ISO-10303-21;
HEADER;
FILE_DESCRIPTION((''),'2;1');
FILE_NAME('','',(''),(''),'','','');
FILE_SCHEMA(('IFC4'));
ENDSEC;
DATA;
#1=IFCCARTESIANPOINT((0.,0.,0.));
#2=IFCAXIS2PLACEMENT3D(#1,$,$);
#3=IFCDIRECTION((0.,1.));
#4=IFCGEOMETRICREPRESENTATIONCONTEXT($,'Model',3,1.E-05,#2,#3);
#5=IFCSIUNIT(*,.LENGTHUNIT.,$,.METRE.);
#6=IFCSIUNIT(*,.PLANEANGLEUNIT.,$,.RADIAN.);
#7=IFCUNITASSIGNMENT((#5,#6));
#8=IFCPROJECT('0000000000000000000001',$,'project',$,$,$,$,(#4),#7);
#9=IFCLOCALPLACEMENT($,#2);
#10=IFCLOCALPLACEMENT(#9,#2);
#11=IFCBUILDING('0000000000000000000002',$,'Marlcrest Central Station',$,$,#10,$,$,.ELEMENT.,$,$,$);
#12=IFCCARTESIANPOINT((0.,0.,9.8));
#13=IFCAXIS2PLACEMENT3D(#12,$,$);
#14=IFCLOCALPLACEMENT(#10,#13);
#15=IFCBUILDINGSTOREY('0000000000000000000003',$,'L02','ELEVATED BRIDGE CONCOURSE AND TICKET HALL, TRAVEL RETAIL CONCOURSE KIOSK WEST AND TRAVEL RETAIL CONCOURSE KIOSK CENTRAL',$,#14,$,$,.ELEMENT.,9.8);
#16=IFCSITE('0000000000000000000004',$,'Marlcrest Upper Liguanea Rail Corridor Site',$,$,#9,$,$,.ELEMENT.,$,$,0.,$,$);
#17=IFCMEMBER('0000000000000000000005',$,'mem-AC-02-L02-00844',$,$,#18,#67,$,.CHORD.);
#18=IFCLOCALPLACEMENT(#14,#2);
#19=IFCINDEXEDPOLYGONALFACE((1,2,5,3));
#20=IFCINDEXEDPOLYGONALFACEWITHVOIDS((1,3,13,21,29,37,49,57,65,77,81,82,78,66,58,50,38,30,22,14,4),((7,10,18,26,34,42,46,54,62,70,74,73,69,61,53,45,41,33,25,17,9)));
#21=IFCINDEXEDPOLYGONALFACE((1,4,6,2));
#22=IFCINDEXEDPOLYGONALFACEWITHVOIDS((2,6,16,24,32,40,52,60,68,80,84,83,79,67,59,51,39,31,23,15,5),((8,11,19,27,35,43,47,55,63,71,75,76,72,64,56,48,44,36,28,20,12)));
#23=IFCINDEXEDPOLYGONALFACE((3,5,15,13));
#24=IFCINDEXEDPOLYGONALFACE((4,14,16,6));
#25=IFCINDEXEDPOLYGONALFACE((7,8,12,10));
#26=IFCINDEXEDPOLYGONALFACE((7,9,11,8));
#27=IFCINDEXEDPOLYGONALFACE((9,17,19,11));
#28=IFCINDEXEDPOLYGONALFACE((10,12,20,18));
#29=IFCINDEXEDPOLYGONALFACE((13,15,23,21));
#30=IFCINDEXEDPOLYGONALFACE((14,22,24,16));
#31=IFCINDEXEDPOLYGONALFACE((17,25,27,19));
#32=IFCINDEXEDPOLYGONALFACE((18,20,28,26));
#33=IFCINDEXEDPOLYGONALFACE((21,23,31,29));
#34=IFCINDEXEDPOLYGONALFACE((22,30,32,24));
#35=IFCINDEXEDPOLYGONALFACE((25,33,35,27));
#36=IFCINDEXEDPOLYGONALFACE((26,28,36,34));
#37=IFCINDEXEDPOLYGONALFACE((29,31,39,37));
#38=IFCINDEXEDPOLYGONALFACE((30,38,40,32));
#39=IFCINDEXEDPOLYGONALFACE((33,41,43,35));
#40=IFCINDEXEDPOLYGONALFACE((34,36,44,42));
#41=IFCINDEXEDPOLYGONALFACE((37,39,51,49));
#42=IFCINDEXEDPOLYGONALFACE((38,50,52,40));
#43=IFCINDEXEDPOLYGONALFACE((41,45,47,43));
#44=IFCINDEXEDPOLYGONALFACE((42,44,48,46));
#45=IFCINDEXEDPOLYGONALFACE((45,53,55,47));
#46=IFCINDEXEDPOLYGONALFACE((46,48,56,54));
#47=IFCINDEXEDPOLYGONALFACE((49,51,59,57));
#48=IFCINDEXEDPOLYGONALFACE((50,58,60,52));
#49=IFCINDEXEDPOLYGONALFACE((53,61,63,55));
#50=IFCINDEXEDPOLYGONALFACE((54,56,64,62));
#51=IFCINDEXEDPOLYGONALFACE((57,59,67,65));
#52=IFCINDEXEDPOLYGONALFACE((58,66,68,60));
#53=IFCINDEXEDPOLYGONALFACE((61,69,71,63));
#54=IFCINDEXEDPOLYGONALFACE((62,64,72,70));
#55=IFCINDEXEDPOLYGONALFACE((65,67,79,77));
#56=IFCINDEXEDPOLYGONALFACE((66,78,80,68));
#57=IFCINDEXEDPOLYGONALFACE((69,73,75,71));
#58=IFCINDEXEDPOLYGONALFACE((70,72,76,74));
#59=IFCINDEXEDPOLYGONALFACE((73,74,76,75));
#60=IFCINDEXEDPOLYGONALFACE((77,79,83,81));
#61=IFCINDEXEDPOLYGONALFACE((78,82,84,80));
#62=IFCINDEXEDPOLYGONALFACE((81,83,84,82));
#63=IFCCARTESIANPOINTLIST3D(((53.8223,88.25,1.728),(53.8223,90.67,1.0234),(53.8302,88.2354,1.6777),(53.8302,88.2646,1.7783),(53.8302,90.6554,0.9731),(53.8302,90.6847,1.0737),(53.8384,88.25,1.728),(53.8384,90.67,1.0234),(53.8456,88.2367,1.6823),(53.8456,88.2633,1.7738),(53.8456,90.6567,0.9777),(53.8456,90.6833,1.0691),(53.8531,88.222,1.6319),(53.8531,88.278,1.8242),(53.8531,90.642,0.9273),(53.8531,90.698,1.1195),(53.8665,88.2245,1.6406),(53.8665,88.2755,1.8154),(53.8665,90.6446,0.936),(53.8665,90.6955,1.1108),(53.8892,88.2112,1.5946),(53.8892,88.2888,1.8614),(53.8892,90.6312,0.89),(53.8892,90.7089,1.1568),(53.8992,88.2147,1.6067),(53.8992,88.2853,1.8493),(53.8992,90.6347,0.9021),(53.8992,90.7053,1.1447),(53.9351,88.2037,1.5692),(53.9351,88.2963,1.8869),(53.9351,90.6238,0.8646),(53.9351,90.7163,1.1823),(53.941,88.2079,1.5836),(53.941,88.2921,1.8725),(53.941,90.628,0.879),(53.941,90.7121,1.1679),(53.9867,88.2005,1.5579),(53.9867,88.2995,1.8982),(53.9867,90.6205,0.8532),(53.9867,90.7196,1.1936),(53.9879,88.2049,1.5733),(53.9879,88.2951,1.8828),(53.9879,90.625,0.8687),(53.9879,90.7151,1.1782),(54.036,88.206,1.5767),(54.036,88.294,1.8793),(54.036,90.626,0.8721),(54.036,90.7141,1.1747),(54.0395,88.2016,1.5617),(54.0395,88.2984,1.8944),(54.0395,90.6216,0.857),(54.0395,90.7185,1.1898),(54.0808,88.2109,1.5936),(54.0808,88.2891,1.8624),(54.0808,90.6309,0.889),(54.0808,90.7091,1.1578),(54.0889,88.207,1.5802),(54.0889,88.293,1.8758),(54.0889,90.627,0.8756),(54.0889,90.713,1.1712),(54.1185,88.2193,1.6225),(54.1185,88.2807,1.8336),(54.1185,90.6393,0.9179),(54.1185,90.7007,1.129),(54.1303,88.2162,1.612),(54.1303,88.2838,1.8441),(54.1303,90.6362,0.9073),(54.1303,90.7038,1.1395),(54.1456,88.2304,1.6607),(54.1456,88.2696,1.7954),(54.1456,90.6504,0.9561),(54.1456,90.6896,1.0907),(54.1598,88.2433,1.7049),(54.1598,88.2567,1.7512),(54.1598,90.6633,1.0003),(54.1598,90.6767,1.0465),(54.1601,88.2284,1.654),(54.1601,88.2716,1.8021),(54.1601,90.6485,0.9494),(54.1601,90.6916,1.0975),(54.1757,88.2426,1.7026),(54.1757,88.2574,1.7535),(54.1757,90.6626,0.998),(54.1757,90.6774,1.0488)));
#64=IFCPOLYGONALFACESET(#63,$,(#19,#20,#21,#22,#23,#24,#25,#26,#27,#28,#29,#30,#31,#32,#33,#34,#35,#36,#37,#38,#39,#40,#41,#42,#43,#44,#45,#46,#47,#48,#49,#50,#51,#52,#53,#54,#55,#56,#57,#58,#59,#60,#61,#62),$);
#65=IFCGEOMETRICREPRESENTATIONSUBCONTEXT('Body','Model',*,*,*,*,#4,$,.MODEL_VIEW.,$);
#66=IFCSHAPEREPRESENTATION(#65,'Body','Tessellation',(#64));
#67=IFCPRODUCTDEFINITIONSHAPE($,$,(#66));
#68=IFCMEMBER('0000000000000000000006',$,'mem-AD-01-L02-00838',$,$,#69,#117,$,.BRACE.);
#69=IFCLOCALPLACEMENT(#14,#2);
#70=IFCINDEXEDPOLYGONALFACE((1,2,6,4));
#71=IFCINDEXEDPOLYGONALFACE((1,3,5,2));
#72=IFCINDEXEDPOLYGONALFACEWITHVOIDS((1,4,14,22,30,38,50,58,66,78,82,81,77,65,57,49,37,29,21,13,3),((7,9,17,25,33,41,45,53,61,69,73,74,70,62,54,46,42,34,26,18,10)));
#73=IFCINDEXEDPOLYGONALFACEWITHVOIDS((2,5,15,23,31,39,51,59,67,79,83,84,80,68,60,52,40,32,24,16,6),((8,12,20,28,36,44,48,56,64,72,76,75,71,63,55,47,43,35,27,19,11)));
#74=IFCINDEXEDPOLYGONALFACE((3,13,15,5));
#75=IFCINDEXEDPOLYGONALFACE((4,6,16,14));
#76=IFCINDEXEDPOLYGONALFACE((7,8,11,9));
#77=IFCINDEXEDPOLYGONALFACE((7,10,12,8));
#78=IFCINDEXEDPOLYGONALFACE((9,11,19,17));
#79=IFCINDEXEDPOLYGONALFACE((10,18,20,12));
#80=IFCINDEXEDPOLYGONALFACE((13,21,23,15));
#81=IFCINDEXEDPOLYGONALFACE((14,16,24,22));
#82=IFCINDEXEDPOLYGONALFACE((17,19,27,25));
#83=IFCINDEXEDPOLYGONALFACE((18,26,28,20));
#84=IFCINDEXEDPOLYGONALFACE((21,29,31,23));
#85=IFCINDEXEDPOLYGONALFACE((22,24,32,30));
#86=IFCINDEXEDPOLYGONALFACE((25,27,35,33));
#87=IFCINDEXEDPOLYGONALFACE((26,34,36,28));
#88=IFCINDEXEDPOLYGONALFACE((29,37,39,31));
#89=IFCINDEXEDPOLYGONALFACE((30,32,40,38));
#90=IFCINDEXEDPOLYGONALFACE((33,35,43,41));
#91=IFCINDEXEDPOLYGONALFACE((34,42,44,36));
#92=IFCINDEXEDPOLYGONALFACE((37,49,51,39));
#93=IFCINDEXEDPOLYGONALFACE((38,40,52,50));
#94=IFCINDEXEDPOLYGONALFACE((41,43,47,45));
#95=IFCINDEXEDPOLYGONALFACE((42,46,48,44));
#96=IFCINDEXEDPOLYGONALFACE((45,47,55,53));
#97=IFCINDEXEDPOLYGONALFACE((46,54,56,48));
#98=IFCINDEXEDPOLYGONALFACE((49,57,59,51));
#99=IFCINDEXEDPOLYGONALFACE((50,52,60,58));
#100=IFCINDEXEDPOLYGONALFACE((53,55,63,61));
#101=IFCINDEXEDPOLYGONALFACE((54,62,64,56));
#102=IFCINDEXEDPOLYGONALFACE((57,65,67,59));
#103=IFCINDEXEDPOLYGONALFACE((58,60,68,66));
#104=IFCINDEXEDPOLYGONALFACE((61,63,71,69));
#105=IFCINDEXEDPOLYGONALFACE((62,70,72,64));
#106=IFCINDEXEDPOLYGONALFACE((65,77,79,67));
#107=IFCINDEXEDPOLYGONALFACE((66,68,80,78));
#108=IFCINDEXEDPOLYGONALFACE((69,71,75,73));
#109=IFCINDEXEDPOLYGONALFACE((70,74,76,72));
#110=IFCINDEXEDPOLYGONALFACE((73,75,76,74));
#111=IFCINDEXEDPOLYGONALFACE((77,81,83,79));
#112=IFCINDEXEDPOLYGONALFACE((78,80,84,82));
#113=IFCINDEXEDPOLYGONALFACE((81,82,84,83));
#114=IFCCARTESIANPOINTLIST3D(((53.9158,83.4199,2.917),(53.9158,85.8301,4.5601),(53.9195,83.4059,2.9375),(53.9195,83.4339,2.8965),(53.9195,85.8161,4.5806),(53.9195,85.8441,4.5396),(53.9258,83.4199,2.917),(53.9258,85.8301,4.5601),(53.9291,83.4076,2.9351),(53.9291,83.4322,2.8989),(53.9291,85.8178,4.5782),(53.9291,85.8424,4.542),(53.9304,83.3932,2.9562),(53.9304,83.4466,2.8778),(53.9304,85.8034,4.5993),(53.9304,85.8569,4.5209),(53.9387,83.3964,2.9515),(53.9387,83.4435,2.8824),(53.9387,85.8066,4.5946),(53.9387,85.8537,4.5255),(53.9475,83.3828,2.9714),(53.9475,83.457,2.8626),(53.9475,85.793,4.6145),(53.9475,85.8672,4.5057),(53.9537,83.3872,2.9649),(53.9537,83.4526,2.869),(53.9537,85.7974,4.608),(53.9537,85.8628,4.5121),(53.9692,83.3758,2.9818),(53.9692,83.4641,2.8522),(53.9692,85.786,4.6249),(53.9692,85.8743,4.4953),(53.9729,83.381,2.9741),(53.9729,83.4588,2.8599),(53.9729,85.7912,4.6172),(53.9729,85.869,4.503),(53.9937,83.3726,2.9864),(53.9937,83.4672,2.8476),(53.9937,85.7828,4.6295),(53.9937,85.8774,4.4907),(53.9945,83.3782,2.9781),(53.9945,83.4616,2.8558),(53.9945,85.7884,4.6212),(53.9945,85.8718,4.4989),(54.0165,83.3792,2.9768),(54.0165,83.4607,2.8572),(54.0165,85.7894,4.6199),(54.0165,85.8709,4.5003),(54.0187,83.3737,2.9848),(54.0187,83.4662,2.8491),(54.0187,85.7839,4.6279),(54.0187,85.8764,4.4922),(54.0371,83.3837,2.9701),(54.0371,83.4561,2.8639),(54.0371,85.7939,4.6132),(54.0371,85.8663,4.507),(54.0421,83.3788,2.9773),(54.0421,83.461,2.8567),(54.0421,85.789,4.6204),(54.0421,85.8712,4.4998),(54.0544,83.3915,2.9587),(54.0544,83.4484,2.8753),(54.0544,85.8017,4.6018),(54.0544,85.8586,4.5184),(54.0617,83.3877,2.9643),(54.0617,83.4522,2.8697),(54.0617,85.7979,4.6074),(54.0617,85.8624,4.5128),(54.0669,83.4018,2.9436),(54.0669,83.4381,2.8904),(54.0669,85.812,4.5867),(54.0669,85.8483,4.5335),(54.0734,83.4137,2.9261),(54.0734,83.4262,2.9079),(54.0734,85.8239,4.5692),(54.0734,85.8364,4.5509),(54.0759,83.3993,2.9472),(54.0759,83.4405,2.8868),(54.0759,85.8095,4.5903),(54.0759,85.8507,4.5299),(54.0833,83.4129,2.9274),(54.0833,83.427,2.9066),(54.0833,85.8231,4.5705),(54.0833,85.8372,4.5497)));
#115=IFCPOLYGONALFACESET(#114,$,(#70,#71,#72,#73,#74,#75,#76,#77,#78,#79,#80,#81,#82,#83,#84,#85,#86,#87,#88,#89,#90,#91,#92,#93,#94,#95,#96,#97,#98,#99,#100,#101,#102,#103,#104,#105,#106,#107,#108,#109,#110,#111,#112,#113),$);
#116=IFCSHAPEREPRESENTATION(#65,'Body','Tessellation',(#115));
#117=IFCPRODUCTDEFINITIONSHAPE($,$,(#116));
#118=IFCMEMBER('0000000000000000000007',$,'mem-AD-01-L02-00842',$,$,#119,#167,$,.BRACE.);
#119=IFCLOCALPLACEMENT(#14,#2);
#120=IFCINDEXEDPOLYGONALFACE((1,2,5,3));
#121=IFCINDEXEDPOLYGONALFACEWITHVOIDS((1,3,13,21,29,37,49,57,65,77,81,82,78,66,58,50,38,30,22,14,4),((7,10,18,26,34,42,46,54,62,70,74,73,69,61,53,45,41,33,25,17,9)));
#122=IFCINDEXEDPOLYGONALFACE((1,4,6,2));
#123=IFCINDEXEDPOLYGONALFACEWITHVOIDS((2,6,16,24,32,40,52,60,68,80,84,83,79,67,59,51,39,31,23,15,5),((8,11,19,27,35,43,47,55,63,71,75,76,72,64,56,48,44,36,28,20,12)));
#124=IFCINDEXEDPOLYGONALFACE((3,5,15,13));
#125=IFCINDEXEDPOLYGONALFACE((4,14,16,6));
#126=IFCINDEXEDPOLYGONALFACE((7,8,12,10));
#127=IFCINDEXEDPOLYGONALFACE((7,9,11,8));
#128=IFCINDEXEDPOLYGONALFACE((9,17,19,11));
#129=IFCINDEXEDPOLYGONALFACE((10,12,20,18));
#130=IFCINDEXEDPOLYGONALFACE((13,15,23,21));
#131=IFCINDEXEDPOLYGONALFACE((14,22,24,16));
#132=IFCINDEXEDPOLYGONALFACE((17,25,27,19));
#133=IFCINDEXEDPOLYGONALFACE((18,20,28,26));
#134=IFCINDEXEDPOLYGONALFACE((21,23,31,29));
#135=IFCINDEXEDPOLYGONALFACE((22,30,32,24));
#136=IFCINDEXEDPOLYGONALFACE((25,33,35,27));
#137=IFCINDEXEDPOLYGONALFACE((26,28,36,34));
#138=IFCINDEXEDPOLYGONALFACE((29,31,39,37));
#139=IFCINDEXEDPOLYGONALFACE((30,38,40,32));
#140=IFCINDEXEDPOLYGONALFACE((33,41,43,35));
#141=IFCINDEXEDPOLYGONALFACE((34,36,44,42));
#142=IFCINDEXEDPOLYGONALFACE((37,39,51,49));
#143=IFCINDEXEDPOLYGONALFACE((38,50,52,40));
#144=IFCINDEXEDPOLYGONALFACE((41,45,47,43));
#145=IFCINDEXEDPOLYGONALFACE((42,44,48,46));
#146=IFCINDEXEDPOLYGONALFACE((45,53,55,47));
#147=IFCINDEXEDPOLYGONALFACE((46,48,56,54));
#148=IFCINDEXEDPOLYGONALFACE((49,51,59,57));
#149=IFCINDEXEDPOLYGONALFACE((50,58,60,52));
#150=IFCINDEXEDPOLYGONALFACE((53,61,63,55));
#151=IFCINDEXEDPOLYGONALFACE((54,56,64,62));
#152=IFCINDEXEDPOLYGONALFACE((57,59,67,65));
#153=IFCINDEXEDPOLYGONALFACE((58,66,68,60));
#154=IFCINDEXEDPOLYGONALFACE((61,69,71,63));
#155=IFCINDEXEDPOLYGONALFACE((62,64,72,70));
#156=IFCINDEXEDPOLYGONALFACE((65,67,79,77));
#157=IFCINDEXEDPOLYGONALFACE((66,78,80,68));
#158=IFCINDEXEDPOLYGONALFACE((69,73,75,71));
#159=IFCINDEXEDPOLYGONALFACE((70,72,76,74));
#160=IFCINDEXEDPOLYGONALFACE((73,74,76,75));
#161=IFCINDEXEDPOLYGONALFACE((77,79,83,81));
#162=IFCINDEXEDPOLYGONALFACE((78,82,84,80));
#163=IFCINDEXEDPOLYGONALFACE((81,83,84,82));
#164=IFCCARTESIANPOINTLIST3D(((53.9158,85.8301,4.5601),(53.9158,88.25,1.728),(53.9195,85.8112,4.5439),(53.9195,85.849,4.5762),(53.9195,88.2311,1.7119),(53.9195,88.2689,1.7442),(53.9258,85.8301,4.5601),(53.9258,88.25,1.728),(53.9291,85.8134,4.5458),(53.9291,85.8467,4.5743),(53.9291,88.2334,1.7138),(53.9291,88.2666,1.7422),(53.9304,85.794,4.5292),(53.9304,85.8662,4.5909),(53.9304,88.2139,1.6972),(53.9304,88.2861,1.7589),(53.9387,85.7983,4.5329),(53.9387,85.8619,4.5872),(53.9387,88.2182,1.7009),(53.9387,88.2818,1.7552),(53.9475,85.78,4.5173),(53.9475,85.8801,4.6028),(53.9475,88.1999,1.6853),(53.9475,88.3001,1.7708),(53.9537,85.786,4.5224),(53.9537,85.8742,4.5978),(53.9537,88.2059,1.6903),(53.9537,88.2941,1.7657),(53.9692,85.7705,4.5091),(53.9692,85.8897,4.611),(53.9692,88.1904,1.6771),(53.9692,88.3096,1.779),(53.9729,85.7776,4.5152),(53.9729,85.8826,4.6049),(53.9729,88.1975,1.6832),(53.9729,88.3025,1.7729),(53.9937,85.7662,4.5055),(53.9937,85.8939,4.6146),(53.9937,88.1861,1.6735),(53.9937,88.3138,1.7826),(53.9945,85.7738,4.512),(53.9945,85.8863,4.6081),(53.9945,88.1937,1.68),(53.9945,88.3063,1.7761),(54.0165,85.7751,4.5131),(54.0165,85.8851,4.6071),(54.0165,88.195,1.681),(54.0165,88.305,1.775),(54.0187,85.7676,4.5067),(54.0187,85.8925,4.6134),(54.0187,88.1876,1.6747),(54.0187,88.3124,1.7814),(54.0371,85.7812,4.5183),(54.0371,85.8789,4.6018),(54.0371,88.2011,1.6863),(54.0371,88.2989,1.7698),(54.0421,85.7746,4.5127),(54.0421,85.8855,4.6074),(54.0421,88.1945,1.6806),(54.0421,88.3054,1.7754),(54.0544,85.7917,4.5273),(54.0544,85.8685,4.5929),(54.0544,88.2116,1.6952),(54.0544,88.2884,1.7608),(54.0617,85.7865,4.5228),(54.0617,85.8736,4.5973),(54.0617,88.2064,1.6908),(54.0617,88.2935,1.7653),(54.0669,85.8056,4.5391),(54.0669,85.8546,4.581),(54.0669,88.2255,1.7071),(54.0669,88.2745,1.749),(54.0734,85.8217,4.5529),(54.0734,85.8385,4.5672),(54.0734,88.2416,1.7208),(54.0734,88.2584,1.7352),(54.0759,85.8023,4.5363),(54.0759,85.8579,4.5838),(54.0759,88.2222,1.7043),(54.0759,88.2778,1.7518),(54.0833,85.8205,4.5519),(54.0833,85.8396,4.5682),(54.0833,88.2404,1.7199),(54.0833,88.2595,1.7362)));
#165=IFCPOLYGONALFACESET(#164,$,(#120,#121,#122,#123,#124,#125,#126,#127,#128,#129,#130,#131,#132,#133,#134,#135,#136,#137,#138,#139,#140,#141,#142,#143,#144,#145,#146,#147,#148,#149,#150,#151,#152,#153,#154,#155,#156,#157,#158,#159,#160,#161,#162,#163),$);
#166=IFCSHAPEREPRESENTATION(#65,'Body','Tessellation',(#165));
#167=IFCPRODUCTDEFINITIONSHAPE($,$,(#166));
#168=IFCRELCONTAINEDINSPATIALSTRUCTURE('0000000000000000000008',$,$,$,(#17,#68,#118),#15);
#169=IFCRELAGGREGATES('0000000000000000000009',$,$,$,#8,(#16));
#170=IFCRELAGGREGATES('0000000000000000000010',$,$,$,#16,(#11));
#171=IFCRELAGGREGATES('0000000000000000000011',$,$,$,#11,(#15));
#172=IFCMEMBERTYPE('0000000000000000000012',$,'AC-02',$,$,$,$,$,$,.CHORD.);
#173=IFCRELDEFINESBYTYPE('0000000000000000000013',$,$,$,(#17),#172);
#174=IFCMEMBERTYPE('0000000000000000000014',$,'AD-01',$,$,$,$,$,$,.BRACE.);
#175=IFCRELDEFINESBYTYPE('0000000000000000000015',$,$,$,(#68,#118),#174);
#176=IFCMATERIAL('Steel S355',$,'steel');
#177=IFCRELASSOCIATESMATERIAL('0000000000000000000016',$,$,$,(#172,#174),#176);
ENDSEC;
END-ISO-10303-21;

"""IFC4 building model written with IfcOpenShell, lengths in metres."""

from ifc_helpers import new_model, si_unit, direction, frame, origin, origin_2d, place, context, subcontext, project, spatial, hollow_circle, extrude, material, material_profile, profile_set, type_object, element, save


model = new_model("IFC4")

# Units and contexts
model_context = context("Model", 3, precision=1e-05, world=origin(), true_north=direction((0.0, 1.0)))
body_context = subcontext(model_context, "Body", "Model", "MODEL_VIEW")
ifc_project = project(units=[si_unit("LENGTHUNIT", "METRE"), si_unit("PLANEANGLEUNIT", "RADIAN")], contexts=[model_context])

# Site, building, storey
site_placement = place(None, origin())
site = spatial("IfcSite", under=ifc_project, at=site_placement, Name="Marlcrest Upper Liguanea Rail Corridor Site", CompositionType="ELEMENT", RefElevation=0.0)
building_placement = place(site_placement, origin())
building = spatial("IfcBuilding", under=site, at=building_placement, Name="Marlcrest Central Station", CompositionType="ELEMENT")
storey_placement = place(building_placement, frame((0.0, 0.0, 9.8)))
storey = spatial("IfcBuildingStorey", under=building, at=storey_placement, Name="L02", Description="ELEVATED BRIDGE CONCOURSE AND TICKET HALL, TRAVEL RETAIL CONCOURSE KIOSK WEST AND TRAVEL RETAIL CONCOURSE KIOSK CENTRAL", CompositionType="ELEMENT", Elevation=9.8)

# Members
ifc_material_1 = material(Name="Steel S355", Category="steel")
ifc_material_profile_1 = material_profile(ifc_material_1, hollow_circle(Radius=0.1777, WallThickness=0.0161, at=origin_2d()), Name="CHS 355.6x16")
ifc_profile_set_1 = profile_set([ifc_material_profile_1], Name="Steel S355")
member_type_1 = type_object("IfcMemberType", Name="AC-02", PredefinedType="CHORD", material=ifc_profile_set_1)
member_1_placement = place(storey_placement, frame((54.0, 88.25, 1.728), z_axis=(0.0, 0.96013, -0.279554), x_axis=(-1.0, 0.0, 0.0)))
element("IfcMember", 1, at=member_1_placement, inside=storey, type_object=member_type_1, Name="mem-AC-02-L02-00844", PredefinedType="CHORD", context=body_context, shape_type="SweptSolid", body=[
    extrude(hollow_circle(Radius=0.1777, WallThickness=0.0161, at=origin_2d()), origin(), (0.0, 0.0, 1.0), 2.5205),
])
ifc_material_profile_2 = material_profile(ifc_material_1, hollow_circle(Radius=0.0842, WallThickness=0.01, at=origin_2d()), Name="CHS 168.3x10")
ifc_profile_set_2 = profile_set([ifc_material_profile_2], Name="Steel S355")
member_type_2 = type_object("IfcMemberType", Name="AD-01", PredefinedType="BRACE", material=ifc_profile_set_2)
member_2_placement = place(storey_placement, frame((54.0, 83.4199, 2.917), z_axis=(0.0, 0.826263, 0.563285), x_axis=(-1.0, 0.0, 0.0)))
element("IfcMember", 2, at=member_2_placement, inside=storey, type_object=member_type_2, Name="mem-AD-01-L02-00838", PredefinedType="BRACE", context=body_context, shape_type="SweptSolid", body=[
    extrude(hollow_circle(Radius=0.0842, WallThickness=0.01, at=origin_2d()), origin(), (0.0, 0.0, 1.0), 2.917),
])
member_3_placement = place(storey_placement, frame((54.0, 85.8301, 4.5601), z_axis=(0.0, 0.649625, -0.760255), x_axis=(-1.0, 0.0, 0.0)))
element("IfcMember", 3, at=member_3_placement, inside=storey, type_object=member_type_2, Name="mem-AD-01-L02-00842", PredefinedType="BRACE", context=body_context, shape_type="SweptSolid", body=[
    extrude(hollow_circle(Radius=0.0842, WallThickness=0.01, at=origin_2d()), origin(), (0.0, 0.0, 1.0), 3.7251),
])

save(model, "model.ifc")
